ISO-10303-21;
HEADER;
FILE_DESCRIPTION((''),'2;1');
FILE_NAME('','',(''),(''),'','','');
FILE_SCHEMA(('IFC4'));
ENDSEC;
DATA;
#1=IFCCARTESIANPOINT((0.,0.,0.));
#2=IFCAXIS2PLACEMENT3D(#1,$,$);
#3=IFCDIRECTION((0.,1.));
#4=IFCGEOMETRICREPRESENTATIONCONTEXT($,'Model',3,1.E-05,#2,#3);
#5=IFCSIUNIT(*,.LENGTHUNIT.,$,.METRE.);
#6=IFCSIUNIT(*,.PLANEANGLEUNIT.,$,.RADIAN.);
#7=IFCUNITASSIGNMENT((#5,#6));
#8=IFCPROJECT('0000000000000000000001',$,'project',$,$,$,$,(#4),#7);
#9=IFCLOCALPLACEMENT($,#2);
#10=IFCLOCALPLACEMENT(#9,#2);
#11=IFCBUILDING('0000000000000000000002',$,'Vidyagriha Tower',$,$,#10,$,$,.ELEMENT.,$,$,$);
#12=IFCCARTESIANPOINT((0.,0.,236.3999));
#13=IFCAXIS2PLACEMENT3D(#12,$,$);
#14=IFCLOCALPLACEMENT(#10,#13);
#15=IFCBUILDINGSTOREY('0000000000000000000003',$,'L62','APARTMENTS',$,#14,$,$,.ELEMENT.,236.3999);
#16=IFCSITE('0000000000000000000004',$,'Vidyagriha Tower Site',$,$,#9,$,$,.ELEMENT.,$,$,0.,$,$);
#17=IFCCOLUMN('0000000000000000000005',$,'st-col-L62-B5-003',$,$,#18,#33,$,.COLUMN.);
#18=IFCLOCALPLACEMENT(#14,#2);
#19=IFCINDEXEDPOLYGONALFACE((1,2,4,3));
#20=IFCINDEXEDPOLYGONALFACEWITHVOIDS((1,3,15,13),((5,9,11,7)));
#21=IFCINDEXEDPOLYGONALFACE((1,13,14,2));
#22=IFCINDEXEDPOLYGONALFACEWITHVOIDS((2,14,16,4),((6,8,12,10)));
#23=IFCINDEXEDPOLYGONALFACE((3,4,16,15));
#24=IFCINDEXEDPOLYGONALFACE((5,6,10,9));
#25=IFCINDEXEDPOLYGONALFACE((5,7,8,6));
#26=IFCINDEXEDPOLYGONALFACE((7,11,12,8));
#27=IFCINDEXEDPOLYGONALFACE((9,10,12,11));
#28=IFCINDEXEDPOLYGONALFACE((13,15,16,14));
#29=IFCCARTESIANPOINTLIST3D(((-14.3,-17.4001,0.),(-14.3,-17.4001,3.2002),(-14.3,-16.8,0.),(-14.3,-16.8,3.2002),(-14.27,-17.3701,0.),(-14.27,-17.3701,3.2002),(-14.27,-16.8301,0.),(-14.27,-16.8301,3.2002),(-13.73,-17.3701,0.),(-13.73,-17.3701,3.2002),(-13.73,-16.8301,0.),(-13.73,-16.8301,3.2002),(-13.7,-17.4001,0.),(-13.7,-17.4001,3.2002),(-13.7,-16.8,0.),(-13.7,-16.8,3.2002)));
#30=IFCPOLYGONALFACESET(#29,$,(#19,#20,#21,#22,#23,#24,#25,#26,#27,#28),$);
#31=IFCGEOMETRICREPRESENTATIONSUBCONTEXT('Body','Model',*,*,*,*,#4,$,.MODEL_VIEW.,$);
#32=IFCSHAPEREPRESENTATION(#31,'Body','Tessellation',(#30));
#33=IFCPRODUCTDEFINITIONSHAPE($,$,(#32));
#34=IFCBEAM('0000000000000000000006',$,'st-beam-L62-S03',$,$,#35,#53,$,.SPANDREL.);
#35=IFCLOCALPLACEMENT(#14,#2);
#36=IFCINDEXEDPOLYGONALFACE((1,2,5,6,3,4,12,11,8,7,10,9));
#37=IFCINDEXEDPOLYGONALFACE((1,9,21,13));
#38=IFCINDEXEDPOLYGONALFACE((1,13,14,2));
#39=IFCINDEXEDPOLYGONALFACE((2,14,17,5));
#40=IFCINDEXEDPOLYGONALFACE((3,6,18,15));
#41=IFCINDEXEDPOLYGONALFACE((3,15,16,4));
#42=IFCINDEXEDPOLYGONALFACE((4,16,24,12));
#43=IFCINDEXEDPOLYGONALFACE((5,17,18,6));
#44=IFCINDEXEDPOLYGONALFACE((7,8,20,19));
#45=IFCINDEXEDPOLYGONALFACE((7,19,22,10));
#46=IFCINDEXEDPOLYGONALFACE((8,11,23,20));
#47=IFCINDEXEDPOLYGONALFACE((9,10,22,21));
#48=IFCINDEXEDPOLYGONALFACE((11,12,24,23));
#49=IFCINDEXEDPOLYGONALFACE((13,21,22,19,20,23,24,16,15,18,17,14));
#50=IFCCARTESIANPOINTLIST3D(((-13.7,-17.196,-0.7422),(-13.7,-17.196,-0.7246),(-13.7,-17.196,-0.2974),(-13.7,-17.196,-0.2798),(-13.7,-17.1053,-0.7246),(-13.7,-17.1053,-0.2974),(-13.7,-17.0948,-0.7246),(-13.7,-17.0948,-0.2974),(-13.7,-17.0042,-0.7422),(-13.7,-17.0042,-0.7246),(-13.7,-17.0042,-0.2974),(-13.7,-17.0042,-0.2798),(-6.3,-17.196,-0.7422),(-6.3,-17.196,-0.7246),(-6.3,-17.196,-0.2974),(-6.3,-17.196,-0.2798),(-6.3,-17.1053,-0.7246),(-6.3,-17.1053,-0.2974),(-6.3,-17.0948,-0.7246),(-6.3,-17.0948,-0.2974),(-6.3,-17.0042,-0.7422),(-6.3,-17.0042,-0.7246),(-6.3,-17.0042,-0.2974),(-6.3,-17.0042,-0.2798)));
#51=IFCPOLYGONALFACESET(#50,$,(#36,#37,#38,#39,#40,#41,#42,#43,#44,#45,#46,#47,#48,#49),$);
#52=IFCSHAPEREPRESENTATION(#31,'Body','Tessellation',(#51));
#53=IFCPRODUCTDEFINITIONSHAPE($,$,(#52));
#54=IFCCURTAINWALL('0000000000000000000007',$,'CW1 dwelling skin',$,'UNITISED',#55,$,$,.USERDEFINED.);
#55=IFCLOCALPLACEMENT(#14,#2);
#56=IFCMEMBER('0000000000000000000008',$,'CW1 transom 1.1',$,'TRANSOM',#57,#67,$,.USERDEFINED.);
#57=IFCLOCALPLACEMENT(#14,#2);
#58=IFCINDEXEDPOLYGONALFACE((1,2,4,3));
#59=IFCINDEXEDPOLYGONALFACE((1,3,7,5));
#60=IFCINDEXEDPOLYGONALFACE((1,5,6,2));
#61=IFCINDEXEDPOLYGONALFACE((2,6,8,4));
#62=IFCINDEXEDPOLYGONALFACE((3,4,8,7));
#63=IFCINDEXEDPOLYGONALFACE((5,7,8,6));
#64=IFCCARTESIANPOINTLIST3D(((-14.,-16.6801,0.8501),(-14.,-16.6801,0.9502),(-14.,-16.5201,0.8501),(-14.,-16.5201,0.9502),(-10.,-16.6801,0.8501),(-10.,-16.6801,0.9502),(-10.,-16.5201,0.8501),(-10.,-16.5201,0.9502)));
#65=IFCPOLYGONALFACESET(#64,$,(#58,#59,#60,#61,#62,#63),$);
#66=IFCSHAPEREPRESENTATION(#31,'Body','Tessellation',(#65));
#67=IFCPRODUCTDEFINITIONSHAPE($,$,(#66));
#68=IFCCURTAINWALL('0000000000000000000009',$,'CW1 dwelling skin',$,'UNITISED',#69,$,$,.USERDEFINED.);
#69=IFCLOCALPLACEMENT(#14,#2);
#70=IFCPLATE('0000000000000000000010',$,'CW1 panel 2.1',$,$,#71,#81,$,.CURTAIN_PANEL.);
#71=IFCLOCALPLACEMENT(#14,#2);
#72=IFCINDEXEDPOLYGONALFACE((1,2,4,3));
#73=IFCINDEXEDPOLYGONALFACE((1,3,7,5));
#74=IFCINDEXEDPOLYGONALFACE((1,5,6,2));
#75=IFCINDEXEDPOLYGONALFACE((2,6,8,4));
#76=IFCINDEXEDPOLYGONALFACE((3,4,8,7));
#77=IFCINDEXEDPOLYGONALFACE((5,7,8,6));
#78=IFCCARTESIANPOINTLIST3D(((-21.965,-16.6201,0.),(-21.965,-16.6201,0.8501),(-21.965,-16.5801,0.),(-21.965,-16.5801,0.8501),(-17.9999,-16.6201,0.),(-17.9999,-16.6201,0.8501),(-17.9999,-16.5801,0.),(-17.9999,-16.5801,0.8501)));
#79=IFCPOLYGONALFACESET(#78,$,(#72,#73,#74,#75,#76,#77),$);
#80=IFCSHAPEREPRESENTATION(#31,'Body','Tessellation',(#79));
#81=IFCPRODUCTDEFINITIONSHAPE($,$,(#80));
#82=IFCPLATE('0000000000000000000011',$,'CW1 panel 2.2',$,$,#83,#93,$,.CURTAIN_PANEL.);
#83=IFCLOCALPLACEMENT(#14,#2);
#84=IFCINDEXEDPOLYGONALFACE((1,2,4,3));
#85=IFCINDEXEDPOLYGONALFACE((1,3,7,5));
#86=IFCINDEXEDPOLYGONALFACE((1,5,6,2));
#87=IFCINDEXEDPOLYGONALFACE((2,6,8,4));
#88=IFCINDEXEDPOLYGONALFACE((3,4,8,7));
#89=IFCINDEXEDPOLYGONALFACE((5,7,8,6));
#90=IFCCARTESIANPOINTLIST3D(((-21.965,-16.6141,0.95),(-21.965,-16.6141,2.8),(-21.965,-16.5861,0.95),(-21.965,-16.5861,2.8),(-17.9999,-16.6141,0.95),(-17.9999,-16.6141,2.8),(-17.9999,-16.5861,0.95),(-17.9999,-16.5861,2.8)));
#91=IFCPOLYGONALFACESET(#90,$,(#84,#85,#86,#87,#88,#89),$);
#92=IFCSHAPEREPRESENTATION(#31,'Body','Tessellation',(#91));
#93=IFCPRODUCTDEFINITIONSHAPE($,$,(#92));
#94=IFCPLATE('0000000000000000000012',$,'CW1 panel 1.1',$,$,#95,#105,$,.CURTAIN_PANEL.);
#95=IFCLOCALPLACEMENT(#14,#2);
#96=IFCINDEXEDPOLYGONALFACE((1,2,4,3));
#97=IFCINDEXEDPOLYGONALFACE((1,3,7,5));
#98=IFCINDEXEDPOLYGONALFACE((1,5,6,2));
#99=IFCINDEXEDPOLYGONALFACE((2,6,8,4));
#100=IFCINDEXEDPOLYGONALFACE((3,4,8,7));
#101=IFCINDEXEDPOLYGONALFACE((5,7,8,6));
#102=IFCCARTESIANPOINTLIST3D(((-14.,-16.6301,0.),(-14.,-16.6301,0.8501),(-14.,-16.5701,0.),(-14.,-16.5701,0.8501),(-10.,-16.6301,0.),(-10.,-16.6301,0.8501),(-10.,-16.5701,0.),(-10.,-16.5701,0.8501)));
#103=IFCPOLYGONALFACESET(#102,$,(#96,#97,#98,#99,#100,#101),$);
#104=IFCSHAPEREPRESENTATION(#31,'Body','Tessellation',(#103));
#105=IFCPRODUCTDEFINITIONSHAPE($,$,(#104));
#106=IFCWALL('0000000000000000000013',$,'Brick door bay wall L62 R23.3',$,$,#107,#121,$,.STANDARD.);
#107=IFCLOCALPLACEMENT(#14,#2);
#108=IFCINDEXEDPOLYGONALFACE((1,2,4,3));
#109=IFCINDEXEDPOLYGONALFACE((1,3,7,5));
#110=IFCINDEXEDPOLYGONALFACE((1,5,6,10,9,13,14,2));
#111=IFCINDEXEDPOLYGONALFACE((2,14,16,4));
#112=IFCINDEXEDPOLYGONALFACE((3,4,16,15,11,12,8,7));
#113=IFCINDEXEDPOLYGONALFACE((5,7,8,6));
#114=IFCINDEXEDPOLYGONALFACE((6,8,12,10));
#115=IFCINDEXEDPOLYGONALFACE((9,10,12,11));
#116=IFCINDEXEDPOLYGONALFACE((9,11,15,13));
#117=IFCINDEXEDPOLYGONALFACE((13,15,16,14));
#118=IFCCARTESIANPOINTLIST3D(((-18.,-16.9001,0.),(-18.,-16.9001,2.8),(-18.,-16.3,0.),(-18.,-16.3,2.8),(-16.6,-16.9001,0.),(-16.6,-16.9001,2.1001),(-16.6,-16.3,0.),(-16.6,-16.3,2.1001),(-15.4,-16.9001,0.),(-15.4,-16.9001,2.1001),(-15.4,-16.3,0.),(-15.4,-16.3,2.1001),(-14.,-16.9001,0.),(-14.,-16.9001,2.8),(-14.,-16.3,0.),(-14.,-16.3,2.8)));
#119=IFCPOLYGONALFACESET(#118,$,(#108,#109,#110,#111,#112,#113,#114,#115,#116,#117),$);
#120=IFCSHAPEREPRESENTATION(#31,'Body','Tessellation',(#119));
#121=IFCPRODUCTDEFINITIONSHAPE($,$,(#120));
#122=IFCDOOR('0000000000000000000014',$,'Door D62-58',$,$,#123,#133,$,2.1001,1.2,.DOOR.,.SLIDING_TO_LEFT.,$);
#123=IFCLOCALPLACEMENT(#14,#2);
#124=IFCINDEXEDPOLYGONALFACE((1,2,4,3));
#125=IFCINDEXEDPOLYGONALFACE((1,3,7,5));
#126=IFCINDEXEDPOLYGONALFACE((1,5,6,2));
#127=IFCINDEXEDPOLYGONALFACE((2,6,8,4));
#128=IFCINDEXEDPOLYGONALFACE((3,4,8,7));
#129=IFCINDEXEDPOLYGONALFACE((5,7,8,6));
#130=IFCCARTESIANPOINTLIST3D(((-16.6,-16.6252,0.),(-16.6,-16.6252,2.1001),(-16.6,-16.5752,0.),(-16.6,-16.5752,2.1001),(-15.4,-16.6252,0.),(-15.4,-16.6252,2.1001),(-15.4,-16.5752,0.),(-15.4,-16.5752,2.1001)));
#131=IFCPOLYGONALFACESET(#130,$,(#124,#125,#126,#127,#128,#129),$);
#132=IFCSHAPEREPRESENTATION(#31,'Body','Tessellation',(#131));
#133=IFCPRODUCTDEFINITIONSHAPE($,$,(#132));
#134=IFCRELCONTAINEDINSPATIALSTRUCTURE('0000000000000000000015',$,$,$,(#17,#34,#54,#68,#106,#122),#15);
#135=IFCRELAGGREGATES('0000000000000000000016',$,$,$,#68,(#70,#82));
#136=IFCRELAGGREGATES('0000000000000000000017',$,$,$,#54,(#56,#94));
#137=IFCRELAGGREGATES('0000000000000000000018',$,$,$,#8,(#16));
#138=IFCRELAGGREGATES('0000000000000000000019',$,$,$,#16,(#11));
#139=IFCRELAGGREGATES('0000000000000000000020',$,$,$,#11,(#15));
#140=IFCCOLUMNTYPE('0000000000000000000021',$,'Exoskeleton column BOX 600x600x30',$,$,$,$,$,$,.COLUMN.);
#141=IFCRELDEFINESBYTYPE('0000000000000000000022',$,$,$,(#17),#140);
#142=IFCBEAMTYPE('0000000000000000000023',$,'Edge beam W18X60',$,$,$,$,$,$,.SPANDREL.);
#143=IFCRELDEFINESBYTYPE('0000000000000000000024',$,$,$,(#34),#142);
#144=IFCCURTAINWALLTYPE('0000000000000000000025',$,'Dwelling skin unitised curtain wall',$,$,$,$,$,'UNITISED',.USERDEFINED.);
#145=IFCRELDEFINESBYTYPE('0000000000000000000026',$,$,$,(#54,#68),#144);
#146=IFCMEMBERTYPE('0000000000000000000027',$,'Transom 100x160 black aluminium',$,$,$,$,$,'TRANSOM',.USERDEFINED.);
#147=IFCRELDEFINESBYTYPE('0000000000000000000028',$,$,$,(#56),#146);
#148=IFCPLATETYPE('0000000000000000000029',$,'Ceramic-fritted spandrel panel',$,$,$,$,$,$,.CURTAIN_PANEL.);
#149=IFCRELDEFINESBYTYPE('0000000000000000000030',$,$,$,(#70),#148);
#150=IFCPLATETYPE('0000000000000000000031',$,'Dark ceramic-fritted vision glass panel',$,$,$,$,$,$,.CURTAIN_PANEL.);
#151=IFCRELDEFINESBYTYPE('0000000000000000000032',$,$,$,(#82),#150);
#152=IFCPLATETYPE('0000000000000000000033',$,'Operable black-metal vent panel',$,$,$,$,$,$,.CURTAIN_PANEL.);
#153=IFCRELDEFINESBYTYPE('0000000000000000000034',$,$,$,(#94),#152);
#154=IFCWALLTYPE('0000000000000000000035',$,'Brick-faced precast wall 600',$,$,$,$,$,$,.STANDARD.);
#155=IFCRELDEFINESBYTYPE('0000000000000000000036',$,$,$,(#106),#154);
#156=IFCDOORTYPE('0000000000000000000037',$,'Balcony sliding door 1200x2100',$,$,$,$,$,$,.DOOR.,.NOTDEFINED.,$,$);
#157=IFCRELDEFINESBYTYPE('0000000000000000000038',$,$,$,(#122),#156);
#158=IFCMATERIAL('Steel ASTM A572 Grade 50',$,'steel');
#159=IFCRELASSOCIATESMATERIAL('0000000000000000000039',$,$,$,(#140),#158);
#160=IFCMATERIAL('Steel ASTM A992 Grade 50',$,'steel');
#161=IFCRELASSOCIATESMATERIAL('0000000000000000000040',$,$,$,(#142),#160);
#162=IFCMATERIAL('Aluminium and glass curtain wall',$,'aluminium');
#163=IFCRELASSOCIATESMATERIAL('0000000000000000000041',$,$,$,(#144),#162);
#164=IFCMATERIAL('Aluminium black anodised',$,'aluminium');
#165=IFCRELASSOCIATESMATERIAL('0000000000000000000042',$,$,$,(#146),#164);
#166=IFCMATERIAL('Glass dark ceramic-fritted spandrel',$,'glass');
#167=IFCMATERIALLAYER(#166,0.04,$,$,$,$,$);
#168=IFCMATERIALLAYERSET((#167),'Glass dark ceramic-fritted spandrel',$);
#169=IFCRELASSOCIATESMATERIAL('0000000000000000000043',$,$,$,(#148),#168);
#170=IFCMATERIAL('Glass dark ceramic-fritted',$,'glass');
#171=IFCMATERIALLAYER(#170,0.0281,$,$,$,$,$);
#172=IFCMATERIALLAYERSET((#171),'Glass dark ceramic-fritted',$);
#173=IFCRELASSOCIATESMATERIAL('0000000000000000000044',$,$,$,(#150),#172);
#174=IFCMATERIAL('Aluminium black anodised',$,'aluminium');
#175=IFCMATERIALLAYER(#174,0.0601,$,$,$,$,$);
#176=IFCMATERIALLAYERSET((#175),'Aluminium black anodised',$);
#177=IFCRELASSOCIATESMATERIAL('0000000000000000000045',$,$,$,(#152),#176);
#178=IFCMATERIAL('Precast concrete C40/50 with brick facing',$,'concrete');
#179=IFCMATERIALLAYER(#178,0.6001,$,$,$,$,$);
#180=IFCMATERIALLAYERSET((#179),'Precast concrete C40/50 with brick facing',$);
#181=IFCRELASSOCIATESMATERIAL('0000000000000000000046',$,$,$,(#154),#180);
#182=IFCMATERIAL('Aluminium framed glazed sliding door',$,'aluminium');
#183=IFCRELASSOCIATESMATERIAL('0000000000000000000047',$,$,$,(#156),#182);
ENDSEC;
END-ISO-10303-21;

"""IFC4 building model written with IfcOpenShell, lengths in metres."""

from ifc_helpers import new_model, si_unit, direction, frame, frame_2d, origin, origin_2d, place, context, subcontext, project, spatial, rectangle, hollow_rectangle, i_section, extrude, material, layer, layer_set, material_profile, profile_set, type_object, element, fill, aggregate, save


model = new_model("IFC4")

# Units and contexts
model_context = context("Model", 3, precision=1e-05, world=origin(), true_north=direction((0.0, 1.0)))
body_context = subcontext(model_context, "Body", "Model", "MODEL_VIEW")
ifc_project = project(units=[si_unit("LENGTHUNIT", "METRE"), si_unit("PLANEANGLEUNIT", "RADIAN")], contexts=[model_context])

# Site, building, storey
site_placement = place(None, origin())
site = spatial("IfcSite", under=ifc_project, at=site_placement, Name="Vidyagriha Tower Site", CompositionType="ELEMENT", RefElevation=0.0)
building_placement = place(site_placement, origin())
building = spatial("IfcBuilding", under=site, at=building_placement, Name="Vidyagriha Tower", CompositionType="ELEMENT")
storey_placement = place(building_placement, frame((0.0, 0.0, 236.3999)))
storey = spatial("IfcBuildingStorey", under=building, at=storey_placement, Name="L62", Description="APARTMENTS", CompositionType="ELEMENT", Elevation=236.3999)

# Column
ifc_material_1 = material(Name="Steel ASTM A572 Grade 50", Category="steel")
ifc_material_profile_1 = material_profile(ifc_material_1, hollow_rectangle(XDim=0.6001, YDim=0.6001, WallThickness=0.03, at=origin_2d()), Name="BOX 600x600x30")
ifc_profile_set_1 = profile_set([ifc_material_profile_1], Name="Steel ASTM A572 Grade 50")
column_type = type_object("IfcColumnType", Name="Exoskeleton column BOX 600x600x30", PredefinedType="COLUMN", material=ifc_profile_set_1)
column_placement = place(storey_placement, frame((-14.0, -17.1001, 0.0)))
element("IfcColumn", 1, at=column_placement, inside=storey, type_object=column_type, Name="st-col-L62-B5-003", PredefinedType="COLUMN", context=body_context, shape_type="SweptSolid", body=[
    extrude(hollow_rectangle(XDim=0.6001, YDim=0.6001, WallThickness=0.03, at=origin_2d()), origin(), (0.0, 0.0, 1.0), 3.2002),
])

# Beam
ifc_material_2 = material(Name="Steel ASTM A992 Grade 50", Category="steel")
ifc_material_profile_2 = material_profile(ifc_material_2, i_section(OverallWidth=0.1919, OverallDepth=0.4624, WebThickness=0.0105, FlangeThickness=0.0176, at=origin_2d()), Name="W18X60")
ifc_profile_set_2 = profile_set([ifc_material_profile_2], Name="Steel ASTM A992 Grade 50")
beam_type = type_object("IfcBeamType", Name="Edge beam W18X60", PredefinedType="SPANDREL", material=ifc_profile_set_2)
beam_placement = place(storey_placement, frame((-13.7, -17.1001, -0.511), z_axis=(1.0, 0.0, 0.0), x_axis=(0.0, 1.0, 0.0)))
element("IfcBeam", 2, at=beam_placement, inside=storey, type_object=beam_type, Name="st-beam-L62-S03", PredefinedType="SPANDREL", context=body_context, shape_type="SweptSolid", body=[
    extrude(i_section(OverallWidth=0.1919, OverallDepth=0.4624, WebThickness=0.0105, FlangeThickness=0.0176, at=origin_2d()), origin(), (0.0, 0.0, 1.0), 7.3999),
])

# Curtain wall, member
ifc_material_3 = material(Name="Aluminium and glass curtain wall", Category="aluminium")
curtain_wall_type = type_object("IfcCurtainWallType", Name="Dwelling skin unitised curtain wall", ElementType="UNITISED", PredefinedType="USERDEFINED", material=ifc_material_3)
curtain_wall_1_placement = place(storey_placement, origin())
curtain_wall_1 = element("IfcCurtainWall", 3, at=curtain_wall_1_placement, inside=storey, type_object=curtain_wall_type, Name="CW1 dwelling skin", ObjectType="UNITISED", PredefinedType="USERDEFINED")
ifc_material_4 = material(Name="Aluminium black anodised", Category="aluminium")
ifc_material_profile_3 = material_profile(ifc_material_4, rectangle(XDim=0.1599, YDim=0.1001, at=origin_2d()), Name="Transom 100x160 black aluminium")
ifc_profile_set_3 = profile_set([ifc_material_profile_3], Name="Aluminium black anodised")
member_type = type_object("IfcMemberType", Name="Transom 100x160 black aluminium", ElementType="TRANSOM", PredefinedType="USERDEFINED", material=ifc_profile_set_3)
member_placement = place(storey_placement, frame((-14.0, -16.6001, 0.9001), z_axis=(1.0, 0.0, 0.0), x_axis=(0.0, 1.0, 0.0)))
member = element("IfcMember", 4, at=member_placement, type_object=member_type, Name="CW1 transom 1.1", ObjectType="TRANSOM", PredefinedType="USERDEFINED", context=body_context, shape_type="SweptSolid", body=[
    extrude(rectangle(XDim=0.1599, YDim=0.1001, at=origin_2d()), origin(), (0.0, 0.0, 1.0), 4.0),
])

# Curtain wall, plates
curtain_wall_2_placement = place(storey_placement, origin())
curtain_wall_2 = element("IfcCurtainWall", 5, at=curtain_wall_2_placement, inside=storey, type_object=curtain_wall_type, Name="CW1 dwelling skin", ObjectType="UNITISED", PredefinedType="USERDEFINED")
ifc_material_5 = material(Name="Glass dark ceramic-fritted spandrel", Category="glass")
ifc_layer_1 = layer(ifc_material_5, 0.04)
ifc_layer_set_1 = layer_set([ifc_layer_1], Name="Glass dark ceramic-fritted spandrel")
plate_type_1 = type_object("IfcPlateType", Name="Ceramic-fritted spandrel panel", PredefinedType="CURTAIN_PANEL", material=ifc_layer_set_1)
plate_1_placement = place(storey_placement, frame((-19.9824, -16.6001, 0.0)))
plate_1 = element("IfcPlate", 6, at=plate_1_placement, type_object=plate_type_1, Name="CW1 panel 2.1", PredefinedType="CURTAIN_PANEL", context=body_context, shape_type="SweptSolid", body=[
    extrude(rectangle(XDim=3.9651, YDim=0.04, at=origin_2d()), origin(), (0.0, 0.0, 1.0), 0.8501),
])
ifc_material_6 = material(Name="Glass dark ceramic-fritted", Category="glass")
ifc_layer_2 = layer(ifc_material_6, 0.0281)
ifc_layer_set_2 = layer_set([ifc_layer_2], Name="Glass dark ceramic-fritted")
plate_type_2 = type_object("IfcPlateType", Name="Dark ceramic-fritted vision glass panel", PredefinedType="CURTAIN_PANEL", material=ifc_layer_set_2)
plate_2_placement = place(storey_placement, frame((-19.9824, -16.6001, 0.95)))
plate_2 = element("IfcPlate", 7, at=plate_2_placement, type_object=plate_type_2, Name="CW1 panel 2.2", PredefinedType="CURTAIN_PANEL", context=body_context, shape_type="SweptSolid", body=[
    extrude(rectangle(XDim=3.9651, YDim=0.0281, at=origin_2d()), origin(), (0.0, 0.0, 1.0), 1.8501),
])
aggregate(curtain_wall_2, [plate_1, plate_2])

# Plate
ifc_material_7 = material(Name="Aluminium black anodised", Category="aluminium")
ifc_layer_3 = layer(ifc_material_7, 0.0601)
ifc_layer_set_3 = layer_set([ifc_layer_3], Name="Aluminium black anodised")
plate_type_3 = type_object("IfcPlateType", Name="Operable black-metal vent panel", PredefinedType="CURTAIN_PANEL", material=ifc_layer_set_3)
plate_3_placement = place(storey_placement, frame((-12.0, -16.6001, 0.0)))
plate_3 = element("IfcPlate", 8, at=plate_3_placement, type_object=plate_type_3, Name="CW1 panel 1.1", PredefinedType="CURTAIN_PANEL", context=body_context, shape_type="SweptSolid", body=[
    extrude(rectangle(XDim=4.0, YDim=0.0601, at=origin_2d()), origin(), (0.0, 0.0, 1.0), 0.8501),
])
aggregate(curtain_wall_1, [member, plate_3])

# Wall, opening, door
ifc_material_8 = material(Name="Precast concrete C40/50 with brick facing", Category="concrete")
ifc_layer_4 = layer(ifc_material_8, 0.6001)
ifc_layer_set_4 = layer_set([ifc_layer_4], Name="Precast concrete C40/50 with brick facing")
wall_type = type_object("IfcWallType", Name="Brick-faced precast wall 600", PredefinedType="STANDARD", material=ifc_layer_set_4)
wall_placement = place(storey_placement, frame((-18.0, -16.6001, 0.0)))
wall = element("IfcWall", 9, at=wall_placement, inside=storey, type_object=wall_type, Name="Brick door bay wall L62 R23.3", PredefinedType="STANDARD", context=body_context, shape_type="SweptSolid", body=[
    extrude(rectangle(XDim=4.0, YDim=0.6001, at=frame_2d((2.0, 0.0))), origin(), (0.0, 0.0, 1.0), 2.8),
])
opening_placement = place(wall_placement, frame((1.3999, 0.0, 0.0)))
opening = element("IfcOpeningElement", 10, at=opening_placement, cuts=wall, PredefinedType="OPENING", context=body_context, shape_type="SweptSolid", body=[
    extrude(rectangle(XDim=1.2, YDim=2.1001, at=frame_2d((0.6001, 1.05))), frame((0.0, 0.3101, 0.0), z_axis=(0.0, -1.0, 0.0), x_axis=(1.0, 0.0, 0.0)), (0.0, 0.0, 1.0), 0.6201),
])
ifc_material_9 = material(Name="Aluminium framed glazed sliding door", Category="aluminium")
door_type = type_object("IfcDoorType", Name="Balcony sliding door 1200x2100", OperationType="NOTDEFINED", PredefinedType="DOOR", material=ifc_material_9)
door_placement = place(opening_placement, origin())
door = element("IfcDoor", 11, at=door_placement, inside=storey, type_object=door_type, Name="Door D62-58", OperationType="SLIDING_TO_LEFT", OverallHeight=2.1001, OverallWidth=1.2, PredefinedType="DOOR", context=body_context, shape_type="SweptSolid", body=[
    extrude(rectangle(XDim=1.2, YDim=2.1001, at=frame_2d((0.6001, 1.05))), frame((0.0, 0.0249, 0.0), z_axis=(0.0, -1.0, 0.0), x_axis=(1.0, 0.0, 0.0)), (0.0, 0.0, 1.0), 0.05),
])
fill(opening, door)

save(model, "model.ifc")
